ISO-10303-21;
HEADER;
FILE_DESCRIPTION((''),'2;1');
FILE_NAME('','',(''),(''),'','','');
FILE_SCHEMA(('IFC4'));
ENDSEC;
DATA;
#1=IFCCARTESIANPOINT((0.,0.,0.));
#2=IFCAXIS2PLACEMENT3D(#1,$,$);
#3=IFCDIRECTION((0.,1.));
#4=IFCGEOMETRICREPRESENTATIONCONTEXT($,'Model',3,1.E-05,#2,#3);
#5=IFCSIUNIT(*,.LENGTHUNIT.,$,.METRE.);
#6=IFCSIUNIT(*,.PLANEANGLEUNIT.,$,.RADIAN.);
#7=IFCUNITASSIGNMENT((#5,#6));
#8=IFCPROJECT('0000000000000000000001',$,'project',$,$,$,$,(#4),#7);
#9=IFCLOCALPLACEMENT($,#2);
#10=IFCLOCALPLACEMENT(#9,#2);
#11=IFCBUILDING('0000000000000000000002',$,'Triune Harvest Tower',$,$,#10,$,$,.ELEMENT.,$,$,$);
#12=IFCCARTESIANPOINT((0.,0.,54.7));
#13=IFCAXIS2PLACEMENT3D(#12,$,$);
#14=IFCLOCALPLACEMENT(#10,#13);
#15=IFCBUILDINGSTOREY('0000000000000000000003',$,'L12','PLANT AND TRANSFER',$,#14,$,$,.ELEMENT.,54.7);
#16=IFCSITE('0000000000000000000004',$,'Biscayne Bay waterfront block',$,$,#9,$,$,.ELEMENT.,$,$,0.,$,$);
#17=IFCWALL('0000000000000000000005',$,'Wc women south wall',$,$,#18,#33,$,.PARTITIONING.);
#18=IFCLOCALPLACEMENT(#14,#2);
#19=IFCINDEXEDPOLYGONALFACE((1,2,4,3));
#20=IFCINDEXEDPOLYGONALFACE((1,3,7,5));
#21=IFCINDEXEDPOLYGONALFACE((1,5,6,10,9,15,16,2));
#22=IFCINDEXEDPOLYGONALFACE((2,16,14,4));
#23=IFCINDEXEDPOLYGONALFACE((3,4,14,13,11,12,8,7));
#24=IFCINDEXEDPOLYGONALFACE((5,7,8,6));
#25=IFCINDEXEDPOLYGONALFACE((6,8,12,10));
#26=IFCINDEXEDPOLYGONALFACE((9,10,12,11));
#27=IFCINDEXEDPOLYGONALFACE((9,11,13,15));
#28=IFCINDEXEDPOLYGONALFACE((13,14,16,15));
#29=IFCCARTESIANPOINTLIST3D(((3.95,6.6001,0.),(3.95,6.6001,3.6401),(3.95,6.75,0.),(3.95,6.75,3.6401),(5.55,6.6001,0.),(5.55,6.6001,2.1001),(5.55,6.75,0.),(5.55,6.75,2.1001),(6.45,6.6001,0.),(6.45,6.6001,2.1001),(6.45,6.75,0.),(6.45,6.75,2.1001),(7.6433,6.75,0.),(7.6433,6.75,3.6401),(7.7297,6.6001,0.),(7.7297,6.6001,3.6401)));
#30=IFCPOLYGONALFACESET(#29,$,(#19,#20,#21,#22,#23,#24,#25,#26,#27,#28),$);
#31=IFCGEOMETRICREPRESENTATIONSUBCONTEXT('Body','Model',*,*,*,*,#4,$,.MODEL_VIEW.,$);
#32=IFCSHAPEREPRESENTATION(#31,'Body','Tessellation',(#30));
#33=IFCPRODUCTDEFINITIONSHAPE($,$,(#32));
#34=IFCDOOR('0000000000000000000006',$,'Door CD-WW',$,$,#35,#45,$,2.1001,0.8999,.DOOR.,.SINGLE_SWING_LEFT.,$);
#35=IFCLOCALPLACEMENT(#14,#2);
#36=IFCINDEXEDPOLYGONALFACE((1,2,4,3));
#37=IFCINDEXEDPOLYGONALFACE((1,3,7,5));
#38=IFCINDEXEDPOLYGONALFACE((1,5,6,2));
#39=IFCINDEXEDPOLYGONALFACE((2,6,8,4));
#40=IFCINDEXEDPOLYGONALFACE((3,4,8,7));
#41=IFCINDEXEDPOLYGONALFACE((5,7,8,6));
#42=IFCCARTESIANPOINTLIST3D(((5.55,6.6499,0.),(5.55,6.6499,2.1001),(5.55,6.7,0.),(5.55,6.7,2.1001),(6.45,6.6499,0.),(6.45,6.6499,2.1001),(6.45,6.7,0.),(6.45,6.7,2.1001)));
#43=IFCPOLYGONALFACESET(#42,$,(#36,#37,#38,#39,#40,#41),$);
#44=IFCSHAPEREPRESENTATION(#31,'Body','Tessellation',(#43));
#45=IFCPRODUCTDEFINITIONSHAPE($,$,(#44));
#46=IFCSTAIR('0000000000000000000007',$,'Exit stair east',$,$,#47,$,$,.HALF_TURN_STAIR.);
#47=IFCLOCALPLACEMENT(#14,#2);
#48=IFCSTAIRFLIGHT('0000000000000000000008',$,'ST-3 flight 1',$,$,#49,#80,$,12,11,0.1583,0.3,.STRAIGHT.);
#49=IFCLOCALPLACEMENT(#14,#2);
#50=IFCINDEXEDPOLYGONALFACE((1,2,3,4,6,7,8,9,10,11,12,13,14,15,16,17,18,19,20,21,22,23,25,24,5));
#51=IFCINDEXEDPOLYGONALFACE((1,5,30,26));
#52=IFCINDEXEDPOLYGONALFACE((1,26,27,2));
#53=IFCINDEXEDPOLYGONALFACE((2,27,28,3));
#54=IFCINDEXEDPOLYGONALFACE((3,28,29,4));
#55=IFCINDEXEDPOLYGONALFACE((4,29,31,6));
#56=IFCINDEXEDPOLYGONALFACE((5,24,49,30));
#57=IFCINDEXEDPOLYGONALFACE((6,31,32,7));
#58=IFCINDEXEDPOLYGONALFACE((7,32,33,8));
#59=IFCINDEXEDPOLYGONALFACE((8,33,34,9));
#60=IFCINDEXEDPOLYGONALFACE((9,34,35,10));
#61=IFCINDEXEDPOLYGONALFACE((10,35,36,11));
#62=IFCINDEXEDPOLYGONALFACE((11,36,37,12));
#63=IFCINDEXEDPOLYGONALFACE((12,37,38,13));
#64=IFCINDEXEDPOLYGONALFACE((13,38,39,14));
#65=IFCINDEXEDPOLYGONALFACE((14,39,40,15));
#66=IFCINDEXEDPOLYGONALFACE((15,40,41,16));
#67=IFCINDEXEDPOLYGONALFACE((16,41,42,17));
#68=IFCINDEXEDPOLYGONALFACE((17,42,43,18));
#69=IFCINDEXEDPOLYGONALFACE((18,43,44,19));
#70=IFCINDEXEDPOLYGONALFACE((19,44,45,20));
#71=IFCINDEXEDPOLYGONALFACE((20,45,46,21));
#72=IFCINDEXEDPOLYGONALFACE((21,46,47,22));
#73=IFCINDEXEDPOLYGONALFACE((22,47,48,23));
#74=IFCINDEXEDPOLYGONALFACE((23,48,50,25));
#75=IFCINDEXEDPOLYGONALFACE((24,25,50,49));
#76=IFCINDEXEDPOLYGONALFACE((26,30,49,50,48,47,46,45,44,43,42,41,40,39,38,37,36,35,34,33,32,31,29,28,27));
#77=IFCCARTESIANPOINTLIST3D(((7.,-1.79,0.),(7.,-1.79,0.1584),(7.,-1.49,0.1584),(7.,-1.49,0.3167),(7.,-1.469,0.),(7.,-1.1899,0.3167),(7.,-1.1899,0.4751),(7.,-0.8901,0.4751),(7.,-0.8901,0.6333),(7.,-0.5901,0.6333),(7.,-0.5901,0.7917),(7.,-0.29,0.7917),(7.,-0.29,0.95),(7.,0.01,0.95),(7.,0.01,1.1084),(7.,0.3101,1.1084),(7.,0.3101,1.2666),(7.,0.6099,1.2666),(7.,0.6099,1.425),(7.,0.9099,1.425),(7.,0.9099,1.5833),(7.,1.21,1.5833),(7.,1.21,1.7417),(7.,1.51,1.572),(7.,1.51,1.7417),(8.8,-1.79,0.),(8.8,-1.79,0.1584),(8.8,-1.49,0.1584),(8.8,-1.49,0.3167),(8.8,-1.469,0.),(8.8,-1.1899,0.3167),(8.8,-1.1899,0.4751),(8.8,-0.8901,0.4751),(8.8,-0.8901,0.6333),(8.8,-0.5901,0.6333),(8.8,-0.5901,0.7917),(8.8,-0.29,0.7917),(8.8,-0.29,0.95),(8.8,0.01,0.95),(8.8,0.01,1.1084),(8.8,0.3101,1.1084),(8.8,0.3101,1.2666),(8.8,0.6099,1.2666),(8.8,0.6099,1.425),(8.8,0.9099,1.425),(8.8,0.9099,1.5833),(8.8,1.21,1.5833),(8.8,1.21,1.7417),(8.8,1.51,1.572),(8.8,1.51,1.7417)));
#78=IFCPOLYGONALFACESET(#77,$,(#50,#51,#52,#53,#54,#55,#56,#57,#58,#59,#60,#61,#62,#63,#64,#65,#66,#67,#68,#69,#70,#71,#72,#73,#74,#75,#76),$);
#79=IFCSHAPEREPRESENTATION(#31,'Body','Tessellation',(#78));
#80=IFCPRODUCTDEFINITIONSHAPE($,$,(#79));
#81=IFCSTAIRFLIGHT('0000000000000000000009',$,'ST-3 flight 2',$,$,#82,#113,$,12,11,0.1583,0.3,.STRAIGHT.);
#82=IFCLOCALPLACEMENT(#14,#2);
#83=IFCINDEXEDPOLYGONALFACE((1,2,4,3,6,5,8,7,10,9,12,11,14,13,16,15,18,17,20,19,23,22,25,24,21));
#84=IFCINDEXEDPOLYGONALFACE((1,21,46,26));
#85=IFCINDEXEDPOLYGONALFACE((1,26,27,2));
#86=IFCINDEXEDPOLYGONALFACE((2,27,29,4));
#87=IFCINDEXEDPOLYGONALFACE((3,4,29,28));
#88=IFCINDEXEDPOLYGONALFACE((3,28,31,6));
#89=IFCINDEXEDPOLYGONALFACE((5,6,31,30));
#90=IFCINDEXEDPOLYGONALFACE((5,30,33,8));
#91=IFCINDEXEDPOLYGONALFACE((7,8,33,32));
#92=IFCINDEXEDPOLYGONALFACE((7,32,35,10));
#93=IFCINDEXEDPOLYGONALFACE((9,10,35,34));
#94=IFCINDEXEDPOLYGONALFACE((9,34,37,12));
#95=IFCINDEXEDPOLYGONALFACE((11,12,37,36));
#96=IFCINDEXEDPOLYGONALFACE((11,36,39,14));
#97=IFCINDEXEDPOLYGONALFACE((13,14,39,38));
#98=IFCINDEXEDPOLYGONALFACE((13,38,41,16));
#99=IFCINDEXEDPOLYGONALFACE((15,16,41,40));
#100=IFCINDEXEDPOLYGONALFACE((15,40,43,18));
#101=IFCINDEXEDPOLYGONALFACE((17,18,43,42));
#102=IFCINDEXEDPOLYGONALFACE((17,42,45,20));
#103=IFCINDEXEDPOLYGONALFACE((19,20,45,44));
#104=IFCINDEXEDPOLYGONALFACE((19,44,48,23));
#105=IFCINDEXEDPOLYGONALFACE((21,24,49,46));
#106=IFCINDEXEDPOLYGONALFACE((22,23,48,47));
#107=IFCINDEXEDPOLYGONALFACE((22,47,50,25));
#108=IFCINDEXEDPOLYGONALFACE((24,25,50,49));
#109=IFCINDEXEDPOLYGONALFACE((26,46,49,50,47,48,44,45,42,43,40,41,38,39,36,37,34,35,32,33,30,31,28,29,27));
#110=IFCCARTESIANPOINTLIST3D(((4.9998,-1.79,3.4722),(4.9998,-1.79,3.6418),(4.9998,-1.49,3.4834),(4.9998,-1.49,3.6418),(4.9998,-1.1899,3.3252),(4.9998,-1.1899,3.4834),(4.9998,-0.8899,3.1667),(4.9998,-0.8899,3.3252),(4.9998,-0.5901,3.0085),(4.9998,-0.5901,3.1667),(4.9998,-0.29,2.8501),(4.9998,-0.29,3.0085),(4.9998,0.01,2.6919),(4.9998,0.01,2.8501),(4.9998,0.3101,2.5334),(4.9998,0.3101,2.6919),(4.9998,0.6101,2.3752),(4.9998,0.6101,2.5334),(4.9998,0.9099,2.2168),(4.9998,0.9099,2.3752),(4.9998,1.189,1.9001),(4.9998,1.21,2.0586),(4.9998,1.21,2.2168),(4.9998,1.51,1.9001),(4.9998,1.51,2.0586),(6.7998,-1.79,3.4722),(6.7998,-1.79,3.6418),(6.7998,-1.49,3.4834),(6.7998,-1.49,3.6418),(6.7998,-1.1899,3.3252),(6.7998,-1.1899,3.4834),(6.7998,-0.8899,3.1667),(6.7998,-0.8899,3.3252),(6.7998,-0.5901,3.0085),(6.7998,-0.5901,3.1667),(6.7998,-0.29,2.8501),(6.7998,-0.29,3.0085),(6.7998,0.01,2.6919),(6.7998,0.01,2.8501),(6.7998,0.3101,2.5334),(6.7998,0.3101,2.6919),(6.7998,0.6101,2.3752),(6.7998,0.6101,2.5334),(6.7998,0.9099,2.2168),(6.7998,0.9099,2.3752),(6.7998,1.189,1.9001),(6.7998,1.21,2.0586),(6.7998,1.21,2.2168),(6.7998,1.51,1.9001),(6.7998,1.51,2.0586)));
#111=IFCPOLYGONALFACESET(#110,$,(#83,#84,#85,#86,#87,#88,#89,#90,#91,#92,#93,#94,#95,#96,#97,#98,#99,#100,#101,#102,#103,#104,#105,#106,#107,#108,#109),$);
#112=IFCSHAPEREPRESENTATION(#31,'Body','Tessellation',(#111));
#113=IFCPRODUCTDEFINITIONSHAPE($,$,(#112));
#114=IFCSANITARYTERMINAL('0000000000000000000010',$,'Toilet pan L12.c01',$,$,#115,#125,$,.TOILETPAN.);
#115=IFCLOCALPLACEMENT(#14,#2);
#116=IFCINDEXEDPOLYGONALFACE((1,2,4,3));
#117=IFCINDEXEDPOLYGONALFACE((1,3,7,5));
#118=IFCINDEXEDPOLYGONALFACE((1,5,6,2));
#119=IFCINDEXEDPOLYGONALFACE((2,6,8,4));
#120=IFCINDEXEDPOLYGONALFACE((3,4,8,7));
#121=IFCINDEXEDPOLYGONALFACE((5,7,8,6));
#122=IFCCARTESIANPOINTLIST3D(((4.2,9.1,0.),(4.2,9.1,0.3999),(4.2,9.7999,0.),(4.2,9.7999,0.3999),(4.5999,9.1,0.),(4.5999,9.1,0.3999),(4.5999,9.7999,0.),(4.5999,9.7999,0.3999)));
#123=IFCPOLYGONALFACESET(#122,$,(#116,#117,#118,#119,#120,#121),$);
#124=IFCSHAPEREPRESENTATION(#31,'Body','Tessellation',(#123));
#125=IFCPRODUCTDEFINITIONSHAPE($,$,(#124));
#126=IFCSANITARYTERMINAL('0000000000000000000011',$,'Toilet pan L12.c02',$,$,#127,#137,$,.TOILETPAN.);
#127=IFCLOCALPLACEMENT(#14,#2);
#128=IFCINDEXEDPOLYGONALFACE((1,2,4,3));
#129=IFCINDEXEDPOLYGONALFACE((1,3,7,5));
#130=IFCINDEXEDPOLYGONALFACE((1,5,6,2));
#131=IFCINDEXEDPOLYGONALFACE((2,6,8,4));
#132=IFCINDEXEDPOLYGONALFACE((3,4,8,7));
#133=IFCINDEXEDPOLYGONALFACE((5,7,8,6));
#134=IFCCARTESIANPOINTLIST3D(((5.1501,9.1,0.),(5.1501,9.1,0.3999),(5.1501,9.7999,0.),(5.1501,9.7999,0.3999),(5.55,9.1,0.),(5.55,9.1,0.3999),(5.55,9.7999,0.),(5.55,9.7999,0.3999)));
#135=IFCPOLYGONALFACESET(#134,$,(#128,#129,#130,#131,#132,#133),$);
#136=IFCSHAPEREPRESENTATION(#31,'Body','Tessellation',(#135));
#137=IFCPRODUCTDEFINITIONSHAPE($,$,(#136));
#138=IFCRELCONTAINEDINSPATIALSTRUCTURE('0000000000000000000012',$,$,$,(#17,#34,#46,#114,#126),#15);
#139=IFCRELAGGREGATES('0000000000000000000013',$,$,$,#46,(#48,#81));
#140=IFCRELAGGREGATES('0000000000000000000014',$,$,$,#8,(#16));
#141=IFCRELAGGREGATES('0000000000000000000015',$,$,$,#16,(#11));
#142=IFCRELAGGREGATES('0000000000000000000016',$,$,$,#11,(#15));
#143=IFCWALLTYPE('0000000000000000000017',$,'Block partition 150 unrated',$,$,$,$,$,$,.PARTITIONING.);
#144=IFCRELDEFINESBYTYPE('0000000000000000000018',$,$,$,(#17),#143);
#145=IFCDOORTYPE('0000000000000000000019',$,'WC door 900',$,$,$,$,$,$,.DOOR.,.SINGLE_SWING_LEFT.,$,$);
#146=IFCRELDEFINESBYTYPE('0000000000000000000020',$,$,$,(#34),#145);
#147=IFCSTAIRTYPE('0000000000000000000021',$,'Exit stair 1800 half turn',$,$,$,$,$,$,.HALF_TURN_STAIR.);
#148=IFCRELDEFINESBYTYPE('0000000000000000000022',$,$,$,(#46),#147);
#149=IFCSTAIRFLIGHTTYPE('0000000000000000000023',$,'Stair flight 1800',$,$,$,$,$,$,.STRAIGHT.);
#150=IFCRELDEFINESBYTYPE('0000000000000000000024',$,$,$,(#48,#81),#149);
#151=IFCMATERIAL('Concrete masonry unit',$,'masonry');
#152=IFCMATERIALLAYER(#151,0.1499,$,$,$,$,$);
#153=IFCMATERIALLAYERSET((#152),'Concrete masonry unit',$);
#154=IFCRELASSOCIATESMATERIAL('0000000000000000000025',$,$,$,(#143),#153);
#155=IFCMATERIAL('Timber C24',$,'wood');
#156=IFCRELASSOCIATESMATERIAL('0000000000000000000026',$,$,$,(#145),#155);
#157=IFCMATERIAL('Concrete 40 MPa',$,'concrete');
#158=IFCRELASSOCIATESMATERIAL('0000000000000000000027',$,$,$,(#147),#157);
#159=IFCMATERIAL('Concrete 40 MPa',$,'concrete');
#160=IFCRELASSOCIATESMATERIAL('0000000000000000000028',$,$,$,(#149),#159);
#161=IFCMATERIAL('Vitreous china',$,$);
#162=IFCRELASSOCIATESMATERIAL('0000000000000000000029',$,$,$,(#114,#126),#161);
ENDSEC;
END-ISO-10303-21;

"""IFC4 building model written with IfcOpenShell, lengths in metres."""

from ifc_helpers import new_model, si_unit, direction, frame, frame_2d, origin, origin_2d, place, context, subcontext, project, spatial, polyline, rectangle, outline, extrude, source, transform, mapped, material, layer, layer_set, type_object, element, fill, aggregate, save


model = new_model("IFC4")

# Units and contexts
model_context = context("Model", 3, precision=1e-05, world=origin(), true_north=direction((0.0, 1.0)))
body_context = subcontext(model_context, "Body", "Model", "MODEL_VIEW")
ifc_project = project(units=[si_unit("LENGTHUNIT", "METRE"), si_unit("PLANEANGLEUNIT", "RADIAN")], contexts=[model_context])

# Site, building, storey
site_placement = place(None, origin())
site = spatial("IfcSite", under=ifc_project, at=site_placement, Name="Biscayne Bay waterfront block", CompositionType="ELEMENT", RefElevation=0.0)
building_placement = place(site_placement, origin())
building = spatial("IfcBuilding", under=site, at=building_placement, Name="Triune Harvest Tower", CompositionType="ELEMENT")
storey_placement = place(building_placement, frame((0.0, 0.0, 54.7)))
storey = spatial("IfcBuildingStorey", under=building, at=storey_placement, Name="L12", Description="PLANT AND TRANSFER", CompositionType="ELEMENT", Elevation=54.7)

# Wall, opening, door
ifc_material_1 = material(Name="Concrete masonry unit", Category="masonry")
ifc_layer_1 = layer(ifc_material_1, 0.1499)
ifc_layer_set_1 = layer_set([ifc_layer_1], Name="Concrete masonry unit")
wall_type_1 = type_object("IfcWallType", Name="Block partition 150 unrated", PredefinedType="PARTITIONING", material=ifc_layer_set_1)
shared_shape_1 = source(origin(), body_context, "Body", "SweptSolid", [
    extrude(outline(polyline([(0.0, -0.075), (0.0, 0.075), (3.6934, 0.075), (3.7798, -0.075), (0.0, -0.075)])), origin(), (0.0, 0.0, 1.0), 3.6401),
])
wall_1_placement = place(storey_placement, frame((3.95, 6.675, 0.0), z_axis=(0.0, 0.0, 1.0), x_axis=(1.0, 0.0, 0.0)))
wall_1 = element("IfcWall", 1, at=wall_1_placement, inside=storey, type_object=wall_type_1, Name="Wc women south wall", PredefinedType="PARTITIONING", context=body_context, shape_type="MappedRepresentation", body=[
    mapped(shared_shape_1, transform((0.0, 0.0, 0.0), scale=1.0)),
])
opening_1_placement = place(wall_1_placement, frame((1.6001, 0.0, 0.0)))
opening_1 = element("IfcOpeningElement", 2, at=opening_1_placement, cuts=wall_1, PredefinedType="OPENING", context=body_context, shape_type="SweptSolid", body=[
    extrude(rectangle(XDim=0.8999, YDim=2.1001, at=frame_2d((0.45, 1.05))), frame((0.0, 0.085, 0.0), z_axis=(0.0, -1.0, 0.0), x_axis=(1.0, 0.0, 0.0)), (0.0, 0.0, 1.0), 0.1699),
])
ifc_material_2 = material(Name="Timber C24", Category="wood")
door_type_1 = type_object("IfcDoorType", Name="WC door 900", OperationType="SINGLE_SWING_LEFT", PredefinedType="DOOR", material=ifc_material_2)
door_1_placement = place(opening_1_placement, origin())
door_1 = element("IfcDoor", 3, at=door_1_placement, inside=storey, type_object=door_type_1, Name="Door CD-WW", OperationType="SINGLE_SWING_LEFT", OverallHeight=2.1001, OverallWidth=0.8999, PredefinedType="DOOR", context=body_context, shape_type="SweptSolid", body=[
    extrude(rectangle(XDim=0.8999, YDim=2.1001, at=frame_2d((0.45, 1.05))), frame((0.0, 0.0249, 0.0), z_axis=(0.0, -1.0, 0.0), x_axis=(1.0, 0.0, 0.0)), (0.0, 0.0, 1.0), 0.05),
])
fill(opening_1, door_1)

# Stair, stair flights
ifc_material_3 = material(Name="Concrete 40 MPa", Category="concrete")
stair_type = type_object("IfcStairType", Name="Exit stair 1800 half turn", PredefinedType="HALF_TURN_STAIR", material=ifc_material_3)
stair_placement = place(storey_placement, origin())
stair = element("IfcStair", 4, at=stair_placement, inside=storey, type_object=stair_type, Name="Exit stair east", PredefinedType="HALF_TURN_STAIR")
ifc_material_4 = material(Name="Concrete 40 MPa", Category="concrete")
stair_flight_type = type_object("IfcStairFlightType", Name="Stair flight 1800", PredefinedType="STRAIGHT", material=ifc_material_4)
shared_shape_2 = source(origin(), body_context, "Body", "SweptSolid", [
    extrude(outline(polyline([(0.0, 0.0), (0.0, 0.1584), (0.3, 0.1584), (0.3, 0.3167), (0.6001, 0.3167), (0.6001, 0.4751), (0.8999, 0.4751), (0.8999, 0.6333), (1.2, 0.6333), (1.2, 0.7917), (1.5, 0.7917), (1.5, 0.95), (1.8, 0.95), (1.8, 1.1084), (2.1001, 1.1084), (2.1001, 1.2666), (2.3999, 1.2666), (2.3999, 1.425), (2.7, 1.425), (2.7, 1.5833), (3.0, 1.5833), (3.0, 1.7417), (3.3, 1.7417), (3.3, 1.8999), (3.3, 1.572), (0.321, 0.0), (0.0, 0.0)])), frame((0.0, 0.8999, 0.0), z_axis=(0.0, -1.0, 0.0), x_axis=(1.0, 0.0, 0.0)), (0.0, 0.0, 1.0), 1.8),
])
stair_flight_1_placement = place(storey_placement, frame((7.8999, -1.79, 0.0), z_axis=(0.0, 0.0, 1.0), x_axis=(0.0, 1.0, 0.0)))
stair_flight_1 = element("IfcStairFlight", 5, at=stair_flight_1_placement, type_object=stair_flight_type, Name="ST-3 flight 1", NumberOfRisers=12, NumberOfTreads=11, PredefinedType="STRAIGHT", RiserHeight=0.1583, TreadLength=0.3, context=body_context, shape_type="MappedRepresentation", body=[
    mapped(shared_shape_2, transform((0.0, 0.0, 0.0), scale=1.0)),
])
stair_flight_2_placement = place(storey_placement, frame((5.8999, 1.51, 1.9001), z_axis=(0.0, 0.0, 1.0), x_axis=(0.0, -1.0, 0.0)))
stair_flight_2 = element("IfcStairFlight", 6, at=stair_flight_2_placement, type_object=stair_flight_type, Name="ST-3 flight 2", NumberOfRisers=12, NumberOfTreads=11, PredefinedType="STRAIGHT", RiserHeight=0.1583, TreadLength=0.3, context=body_context, shape_type="MappedRepresentation", body=[
    mapped(shared_shape_2, transform((0.0, 0.0, 0.0), scale=1.0)),
])
aggregate(stair, [stair_flight_1, stair_flight_2])

# Sanitary terminals
ifc_material_5 = material(Name="Vitreous china")
shared_shape_3 = source(origin(), body_context, "Body", "SweptSolid", [
    extrude(rectangle(XDim=0.3999, YDim=0.7, at=origin_2d()), origin(), (0.0, 0.0, 1.0), 0.3999),
])
for number, where, z_axis, x_axis, name in (
    (7, (4.3999, 9.45, 0.0), (0.0, 0.0, 1.0), (1.0, 0.0, 0.0), "Toilet pan L12.c01"),
    (8, (5.3501, 9.45, 0.0), (0.0, 0.0, 1.0), (1.0, 0.0, 0.0), "Toilet pan L12.c02"),
):
    element("IfcSanitaryTerminal", number, at=place(storey_placement, frame(where, z_axis=z_axis, x_axis=x_axis)), inside=storey, material=ifc_material_5, Name=name, PredefinedType="TOILETPAN", context=body_context, shape_type="MappedRepresentation", body=[
        mapped(shared_shape_3, transform((0.0, 0.0, 0.0), scale=1.0)),
    ])

save(model, "model.ifc")
